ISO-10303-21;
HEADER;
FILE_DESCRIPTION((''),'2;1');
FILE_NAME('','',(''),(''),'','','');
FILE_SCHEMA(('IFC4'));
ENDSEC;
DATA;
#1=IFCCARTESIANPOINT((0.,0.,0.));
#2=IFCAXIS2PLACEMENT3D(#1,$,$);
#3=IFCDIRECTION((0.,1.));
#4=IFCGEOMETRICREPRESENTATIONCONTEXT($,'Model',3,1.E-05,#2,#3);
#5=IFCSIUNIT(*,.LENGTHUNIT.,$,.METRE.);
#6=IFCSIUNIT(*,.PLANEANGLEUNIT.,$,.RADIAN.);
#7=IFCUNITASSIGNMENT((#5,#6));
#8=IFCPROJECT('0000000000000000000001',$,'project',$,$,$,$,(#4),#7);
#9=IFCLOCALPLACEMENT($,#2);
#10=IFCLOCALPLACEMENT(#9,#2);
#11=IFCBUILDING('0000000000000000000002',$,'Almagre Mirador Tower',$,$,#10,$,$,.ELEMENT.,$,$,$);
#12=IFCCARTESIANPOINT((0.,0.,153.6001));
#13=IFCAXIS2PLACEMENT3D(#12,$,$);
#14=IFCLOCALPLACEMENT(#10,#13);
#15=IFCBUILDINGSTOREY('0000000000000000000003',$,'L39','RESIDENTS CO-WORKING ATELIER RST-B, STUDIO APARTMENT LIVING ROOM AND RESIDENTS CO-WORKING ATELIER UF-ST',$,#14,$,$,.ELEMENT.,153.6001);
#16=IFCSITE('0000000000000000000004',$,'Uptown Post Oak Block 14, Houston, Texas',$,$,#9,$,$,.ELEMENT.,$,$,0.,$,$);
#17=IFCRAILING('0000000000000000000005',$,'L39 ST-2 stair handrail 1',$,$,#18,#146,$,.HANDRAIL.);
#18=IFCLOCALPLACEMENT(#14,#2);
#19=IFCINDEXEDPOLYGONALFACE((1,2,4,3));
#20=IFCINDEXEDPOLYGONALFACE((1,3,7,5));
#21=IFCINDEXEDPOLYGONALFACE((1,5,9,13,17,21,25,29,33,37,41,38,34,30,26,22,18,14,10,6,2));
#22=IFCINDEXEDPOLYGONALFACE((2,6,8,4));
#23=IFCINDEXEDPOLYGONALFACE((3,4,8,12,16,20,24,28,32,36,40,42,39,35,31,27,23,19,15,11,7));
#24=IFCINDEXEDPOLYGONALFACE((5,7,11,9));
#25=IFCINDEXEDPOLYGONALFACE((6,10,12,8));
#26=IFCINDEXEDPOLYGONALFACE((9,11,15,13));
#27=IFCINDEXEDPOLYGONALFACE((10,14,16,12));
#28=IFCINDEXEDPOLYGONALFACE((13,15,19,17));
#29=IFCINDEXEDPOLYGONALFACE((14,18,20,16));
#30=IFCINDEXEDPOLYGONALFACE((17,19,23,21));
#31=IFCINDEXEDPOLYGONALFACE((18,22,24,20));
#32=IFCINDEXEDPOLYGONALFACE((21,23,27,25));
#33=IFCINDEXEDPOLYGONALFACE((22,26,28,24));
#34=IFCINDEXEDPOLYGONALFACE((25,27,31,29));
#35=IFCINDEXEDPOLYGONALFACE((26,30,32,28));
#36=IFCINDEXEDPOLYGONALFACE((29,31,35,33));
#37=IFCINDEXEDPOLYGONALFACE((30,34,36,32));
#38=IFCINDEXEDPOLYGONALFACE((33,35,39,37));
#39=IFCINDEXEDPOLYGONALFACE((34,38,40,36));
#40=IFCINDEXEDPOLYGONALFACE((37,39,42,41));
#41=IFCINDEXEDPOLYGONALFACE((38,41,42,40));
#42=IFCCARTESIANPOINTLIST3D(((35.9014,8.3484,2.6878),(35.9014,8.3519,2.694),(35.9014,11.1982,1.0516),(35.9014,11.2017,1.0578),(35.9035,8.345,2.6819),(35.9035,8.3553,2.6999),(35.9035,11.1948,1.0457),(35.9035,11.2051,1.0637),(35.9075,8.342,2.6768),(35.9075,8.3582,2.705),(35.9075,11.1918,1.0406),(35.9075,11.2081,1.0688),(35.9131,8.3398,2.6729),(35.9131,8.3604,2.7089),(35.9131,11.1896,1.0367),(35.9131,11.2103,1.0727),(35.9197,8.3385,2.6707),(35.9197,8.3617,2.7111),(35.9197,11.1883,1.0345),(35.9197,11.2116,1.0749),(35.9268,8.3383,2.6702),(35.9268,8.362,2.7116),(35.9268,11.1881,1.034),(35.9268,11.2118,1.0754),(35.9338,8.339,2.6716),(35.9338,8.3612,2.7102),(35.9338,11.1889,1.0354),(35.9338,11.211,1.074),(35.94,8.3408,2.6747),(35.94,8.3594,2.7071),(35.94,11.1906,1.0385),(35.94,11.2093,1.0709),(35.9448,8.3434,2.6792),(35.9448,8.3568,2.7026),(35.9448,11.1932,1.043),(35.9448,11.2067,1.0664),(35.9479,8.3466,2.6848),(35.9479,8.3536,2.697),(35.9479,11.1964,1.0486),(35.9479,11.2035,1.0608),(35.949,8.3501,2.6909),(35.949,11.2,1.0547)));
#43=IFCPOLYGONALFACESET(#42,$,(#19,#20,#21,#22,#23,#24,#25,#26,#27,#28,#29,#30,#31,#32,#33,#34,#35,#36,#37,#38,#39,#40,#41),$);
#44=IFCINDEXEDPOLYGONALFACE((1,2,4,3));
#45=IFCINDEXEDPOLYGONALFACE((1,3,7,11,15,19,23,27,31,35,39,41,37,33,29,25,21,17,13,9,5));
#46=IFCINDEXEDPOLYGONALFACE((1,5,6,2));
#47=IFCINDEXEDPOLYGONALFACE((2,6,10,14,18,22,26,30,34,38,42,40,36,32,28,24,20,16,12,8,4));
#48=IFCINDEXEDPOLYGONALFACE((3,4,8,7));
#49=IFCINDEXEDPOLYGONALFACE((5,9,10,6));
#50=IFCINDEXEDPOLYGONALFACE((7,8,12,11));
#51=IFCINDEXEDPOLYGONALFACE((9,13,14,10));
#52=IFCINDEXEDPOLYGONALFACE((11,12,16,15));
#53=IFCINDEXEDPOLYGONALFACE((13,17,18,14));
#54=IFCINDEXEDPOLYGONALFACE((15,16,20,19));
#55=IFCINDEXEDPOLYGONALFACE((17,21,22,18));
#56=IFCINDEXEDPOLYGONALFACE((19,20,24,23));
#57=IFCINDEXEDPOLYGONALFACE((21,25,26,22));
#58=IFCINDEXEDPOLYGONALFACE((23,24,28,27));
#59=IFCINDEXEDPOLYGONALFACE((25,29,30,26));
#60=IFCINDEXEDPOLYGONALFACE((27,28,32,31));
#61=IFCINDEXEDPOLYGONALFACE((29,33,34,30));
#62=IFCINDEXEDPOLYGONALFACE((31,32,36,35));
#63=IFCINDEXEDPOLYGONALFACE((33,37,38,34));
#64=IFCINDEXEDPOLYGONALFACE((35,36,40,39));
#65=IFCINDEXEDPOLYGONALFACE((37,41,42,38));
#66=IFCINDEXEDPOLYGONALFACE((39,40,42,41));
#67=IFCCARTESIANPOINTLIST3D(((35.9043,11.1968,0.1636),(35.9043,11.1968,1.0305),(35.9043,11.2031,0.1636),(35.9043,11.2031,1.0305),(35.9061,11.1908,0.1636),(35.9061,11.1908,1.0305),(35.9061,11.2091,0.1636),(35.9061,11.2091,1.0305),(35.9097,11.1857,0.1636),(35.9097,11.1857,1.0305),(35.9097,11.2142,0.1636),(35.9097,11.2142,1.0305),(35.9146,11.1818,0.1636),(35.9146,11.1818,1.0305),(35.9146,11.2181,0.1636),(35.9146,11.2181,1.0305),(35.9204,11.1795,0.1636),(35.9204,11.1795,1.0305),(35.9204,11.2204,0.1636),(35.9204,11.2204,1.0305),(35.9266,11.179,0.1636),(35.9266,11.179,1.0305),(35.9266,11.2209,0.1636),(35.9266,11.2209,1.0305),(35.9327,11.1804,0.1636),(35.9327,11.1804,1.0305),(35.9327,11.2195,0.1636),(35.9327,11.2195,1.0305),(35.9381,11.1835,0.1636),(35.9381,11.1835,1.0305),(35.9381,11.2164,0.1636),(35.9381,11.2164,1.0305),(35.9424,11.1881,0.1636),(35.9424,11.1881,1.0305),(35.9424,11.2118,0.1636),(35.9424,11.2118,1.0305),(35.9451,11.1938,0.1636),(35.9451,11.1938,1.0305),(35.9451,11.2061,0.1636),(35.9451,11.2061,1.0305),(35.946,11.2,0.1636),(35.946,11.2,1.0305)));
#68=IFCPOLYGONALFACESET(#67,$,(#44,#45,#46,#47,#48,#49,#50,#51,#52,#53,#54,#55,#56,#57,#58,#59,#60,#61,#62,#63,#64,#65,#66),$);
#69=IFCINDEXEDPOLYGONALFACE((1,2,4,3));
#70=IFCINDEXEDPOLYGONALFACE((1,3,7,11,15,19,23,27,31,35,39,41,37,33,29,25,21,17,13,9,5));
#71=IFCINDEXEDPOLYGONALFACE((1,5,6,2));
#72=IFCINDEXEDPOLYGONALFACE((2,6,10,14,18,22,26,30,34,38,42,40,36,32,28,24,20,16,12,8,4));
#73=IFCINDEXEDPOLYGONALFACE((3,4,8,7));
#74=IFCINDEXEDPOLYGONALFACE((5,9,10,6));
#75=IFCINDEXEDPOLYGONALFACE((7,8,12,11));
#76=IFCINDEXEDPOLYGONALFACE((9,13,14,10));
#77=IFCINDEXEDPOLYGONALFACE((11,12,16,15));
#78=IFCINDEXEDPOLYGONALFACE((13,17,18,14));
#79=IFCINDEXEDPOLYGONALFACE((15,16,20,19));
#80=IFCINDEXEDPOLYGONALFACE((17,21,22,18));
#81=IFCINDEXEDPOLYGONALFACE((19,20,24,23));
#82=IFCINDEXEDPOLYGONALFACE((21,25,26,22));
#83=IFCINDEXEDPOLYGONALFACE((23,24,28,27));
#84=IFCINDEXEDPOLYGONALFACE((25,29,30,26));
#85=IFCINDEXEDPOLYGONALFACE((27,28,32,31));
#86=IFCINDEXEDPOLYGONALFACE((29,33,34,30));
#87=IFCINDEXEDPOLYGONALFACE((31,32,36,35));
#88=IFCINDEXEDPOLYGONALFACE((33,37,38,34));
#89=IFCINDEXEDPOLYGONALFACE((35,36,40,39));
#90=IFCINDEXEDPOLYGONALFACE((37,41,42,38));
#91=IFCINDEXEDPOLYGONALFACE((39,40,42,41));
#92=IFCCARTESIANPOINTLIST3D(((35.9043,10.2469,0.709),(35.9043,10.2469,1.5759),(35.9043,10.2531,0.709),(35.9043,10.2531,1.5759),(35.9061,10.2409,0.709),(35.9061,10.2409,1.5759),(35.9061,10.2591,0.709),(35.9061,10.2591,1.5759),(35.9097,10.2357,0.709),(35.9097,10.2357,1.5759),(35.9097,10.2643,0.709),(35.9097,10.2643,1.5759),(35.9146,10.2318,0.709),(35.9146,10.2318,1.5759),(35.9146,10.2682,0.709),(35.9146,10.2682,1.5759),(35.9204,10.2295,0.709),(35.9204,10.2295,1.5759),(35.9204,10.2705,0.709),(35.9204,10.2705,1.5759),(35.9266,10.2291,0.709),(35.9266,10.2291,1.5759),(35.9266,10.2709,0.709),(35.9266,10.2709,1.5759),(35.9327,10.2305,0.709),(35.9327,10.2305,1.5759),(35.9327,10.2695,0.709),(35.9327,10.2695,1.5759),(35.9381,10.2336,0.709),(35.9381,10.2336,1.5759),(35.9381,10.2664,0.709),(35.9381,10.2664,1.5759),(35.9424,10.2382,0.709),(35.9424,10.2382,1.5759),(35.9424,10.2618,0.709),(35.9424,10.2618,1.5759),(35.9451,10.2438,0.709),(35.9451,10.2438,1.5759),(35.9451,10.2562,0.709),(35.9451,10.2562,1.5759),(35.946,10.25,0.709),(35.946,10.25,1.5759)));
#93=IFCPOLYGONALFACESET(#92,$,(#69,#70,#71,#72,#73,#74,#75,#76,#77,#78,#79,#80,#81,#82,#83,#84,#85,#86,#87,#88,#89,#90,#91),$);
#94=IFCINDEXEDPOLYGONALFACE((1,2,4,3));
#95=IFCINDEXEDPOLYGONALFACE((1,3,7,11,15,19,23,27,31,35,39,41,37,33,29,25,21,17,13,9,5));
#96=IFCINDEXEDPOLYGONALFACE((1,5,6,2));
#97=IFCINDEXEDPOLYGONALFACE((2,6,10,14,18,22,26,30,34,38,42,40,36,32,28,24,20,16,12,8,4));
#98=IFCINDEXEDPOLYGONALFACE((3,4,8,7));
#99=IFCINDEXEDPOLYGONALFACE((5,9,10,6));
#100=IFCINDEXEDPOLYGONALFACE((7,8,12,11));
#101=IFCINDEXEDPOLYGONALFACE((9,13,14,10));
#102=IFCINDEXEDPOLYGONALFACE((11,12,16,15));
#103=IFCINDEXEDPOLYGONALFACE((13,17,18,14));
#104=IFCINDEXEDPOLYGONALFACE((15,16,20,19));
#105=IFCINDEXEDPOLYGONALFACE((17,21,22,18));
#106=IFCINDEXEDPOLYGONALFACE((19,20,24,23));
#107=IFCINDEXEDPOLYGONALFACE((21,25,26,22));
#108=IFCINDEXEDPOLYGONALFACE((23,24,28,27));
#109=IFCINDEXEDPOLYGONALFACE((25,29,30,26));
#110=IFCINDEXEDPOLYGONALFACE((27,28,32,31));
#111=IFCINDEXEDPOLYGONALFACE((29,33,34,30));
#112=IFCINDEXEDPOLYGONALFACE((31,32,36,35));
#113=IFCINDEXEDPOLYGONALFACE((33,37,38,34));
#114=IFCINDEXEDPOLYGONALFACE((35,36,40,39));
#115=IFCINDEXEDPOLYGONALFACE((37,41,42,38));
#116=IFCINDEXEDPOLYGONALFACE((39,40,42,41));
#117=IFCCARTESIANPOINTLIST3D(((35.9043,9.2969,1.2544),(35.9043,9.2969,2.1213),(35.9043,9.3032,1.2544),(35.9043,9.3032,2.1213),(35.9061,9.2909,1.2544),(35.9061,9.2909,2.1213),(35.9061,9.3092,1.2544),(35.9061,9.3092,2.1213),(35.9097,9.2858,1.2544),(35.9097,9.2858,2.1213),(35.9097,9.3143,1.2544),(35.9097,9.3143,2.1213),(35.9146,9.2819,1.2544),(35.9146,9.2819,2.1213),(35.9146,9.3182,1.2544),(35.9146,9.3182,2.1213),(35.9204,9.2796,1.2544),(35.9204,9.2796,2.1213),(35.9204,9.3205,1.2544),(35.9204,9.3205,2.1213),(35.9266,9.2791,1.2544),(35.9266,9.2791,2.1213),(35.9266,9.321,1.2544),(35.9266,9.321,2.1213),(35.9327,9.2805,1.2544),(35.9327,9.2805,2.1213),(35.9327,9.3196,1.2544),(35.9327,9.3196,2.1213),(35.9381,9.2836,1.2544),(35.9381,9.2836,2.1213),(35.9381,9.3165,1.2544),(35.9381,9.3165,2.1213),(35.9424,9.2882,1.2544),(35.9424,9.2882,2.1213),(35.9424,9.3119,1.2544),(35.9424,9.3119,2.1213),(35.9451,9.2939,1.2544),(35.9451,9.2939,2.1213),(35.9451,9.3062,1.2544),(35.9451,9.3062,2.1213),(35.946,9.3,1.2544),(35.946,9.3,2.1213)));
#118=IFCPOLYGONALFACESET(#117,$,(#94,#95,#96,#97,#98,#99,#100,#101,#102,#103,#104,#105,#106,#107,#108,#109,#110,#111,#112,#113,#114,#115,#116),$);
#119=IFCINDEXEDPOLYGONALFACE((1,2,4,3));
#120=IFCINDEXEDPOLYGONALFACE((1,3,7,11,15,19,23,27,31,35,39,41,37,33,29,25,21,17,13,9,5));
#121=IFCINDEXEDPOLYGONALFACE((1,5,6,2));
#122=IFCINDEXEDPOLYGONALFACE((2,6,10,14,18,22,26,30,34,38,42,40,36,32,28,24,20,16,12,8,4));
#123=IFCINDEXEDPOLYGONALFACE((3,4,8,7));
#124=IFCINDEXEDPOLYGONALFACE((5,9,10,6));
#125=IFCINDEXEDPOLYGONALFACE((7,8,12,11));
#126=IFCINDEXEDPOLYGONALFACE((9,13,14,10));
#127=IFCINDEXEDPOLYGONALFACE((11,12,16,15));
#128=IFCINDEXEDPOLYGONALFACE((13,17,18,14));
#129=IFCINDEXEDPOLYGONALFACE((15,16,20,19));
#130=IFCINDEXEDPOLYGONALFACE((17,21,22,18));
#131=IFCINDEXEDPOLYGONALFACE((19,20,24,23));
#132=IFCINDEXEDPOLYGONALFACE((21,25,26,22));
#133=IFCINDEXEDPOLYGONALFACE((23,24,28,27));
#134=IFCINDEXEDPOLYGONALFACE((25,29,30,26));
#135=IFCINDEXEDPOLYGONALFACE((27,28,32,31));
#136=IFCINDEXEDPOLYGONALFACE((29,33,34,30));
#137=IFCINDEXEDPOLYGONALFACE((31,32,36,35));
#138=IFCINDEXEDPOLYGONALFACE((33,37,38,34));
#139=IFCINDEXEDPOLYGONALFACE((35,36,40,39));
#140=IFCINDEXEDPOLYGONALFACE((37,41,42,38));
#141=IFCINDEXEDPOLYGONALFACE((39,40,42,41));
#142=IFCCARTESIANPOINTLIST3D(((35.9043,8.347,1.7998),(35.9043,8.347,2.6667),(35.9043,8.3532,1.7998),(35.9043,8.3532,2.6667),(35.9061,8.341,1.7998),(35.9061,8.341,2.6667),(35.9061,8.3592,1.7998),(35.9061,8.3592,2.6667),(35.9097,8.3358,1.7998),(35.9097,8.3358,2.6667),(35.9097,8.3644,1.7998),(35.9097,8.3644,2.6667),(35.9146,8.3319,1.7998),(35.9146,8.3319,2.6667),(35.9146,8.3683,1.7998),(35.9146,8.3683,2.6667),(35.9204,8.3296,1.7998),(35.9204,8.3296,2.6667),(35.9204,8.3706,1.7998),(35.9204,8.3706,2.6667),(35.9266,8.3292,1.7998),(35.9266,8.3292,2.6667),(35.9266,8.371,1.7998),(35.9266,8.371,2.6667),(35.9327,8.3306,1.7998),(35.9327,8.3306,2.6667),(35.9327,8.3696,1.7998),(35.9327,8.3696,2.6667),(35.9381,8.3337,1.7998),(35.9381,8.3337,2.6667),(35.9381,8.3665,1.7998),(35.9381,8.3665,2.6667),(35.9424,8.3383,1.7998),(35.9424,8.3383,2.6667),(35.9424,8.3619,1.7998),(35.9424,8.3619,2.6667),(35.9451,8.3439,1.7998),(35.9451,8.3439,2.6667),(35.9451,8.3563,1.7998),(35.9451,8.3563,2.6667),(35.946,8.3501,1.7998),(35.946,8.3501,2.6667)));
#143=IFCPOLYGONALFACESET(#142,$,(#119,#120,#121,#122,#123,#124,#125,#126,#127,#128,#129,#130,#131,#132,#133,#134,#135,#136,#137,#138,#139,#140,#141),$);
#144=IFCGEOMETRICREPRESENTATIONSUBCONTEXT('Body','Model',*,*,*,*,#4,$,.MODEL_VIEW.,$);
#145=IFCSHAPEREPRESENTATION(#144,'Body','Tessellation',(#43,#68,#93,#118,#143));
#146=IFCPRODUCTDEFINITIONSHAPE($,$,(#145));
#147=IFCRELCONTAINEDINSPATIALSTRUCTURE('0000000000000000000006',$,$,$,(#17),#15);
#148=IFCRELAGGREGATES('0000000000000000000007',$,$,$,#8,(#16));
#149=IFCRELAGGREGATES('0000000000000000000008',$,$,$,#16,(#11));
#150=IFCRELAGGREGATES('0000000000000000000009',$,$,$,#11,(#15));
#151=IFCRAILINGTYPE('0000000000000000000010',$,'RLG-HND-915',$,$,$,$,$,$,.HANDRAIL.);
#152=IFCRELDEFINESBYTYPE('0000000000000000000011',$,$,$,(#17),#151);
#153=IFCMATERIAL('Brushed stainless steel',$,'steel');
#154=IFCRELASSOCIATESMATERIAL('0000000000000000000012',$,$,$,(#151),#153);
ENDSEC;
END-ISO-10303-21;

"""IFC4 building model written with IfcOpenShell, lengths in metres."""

from ifc_helpers import new_model, si_unit, direction, frame, origin, origin_2d, place, context, subcontext, project, spatial, circle, extrude, material, type_object, element, save


model = new_model("IFC4")

# Units and contexts
model_context = context("Model", 3, precision=1e-05, world=origin(), true_north=direction((0.0, 1.0)))
body_context = subcontext(model_context, "Body", "Model", "MODEL_VIEW")
ifc_project = project(units=[si_unit("LENGTHUNIT", "METRE"), si_unit("PLANEANGLEUNIT", "RADIAN")], contexts=[model_context])

# Site, building, storey
site_placement = place(None, origin())
site = spatial("IfcSite", under=ifc_project, at=site_placement, Name="Uptown Post Oak Block 14, Houston, Texas", CompositionType="ELEMENT", RefElevation=0.0)
building_placement = place(site_placement, origin())
building = spatial("IfcBuilding", under=site, at=building_placement, Name="Almagre Mirador Tower", CompositionType="ELEMENT")
storey_placement = place(building_placement, frame((0.0, 0.0, 153.6001)))
storey = spatial("IfcBuildingStorey", under=building, at=storey_placement, Name="L39", Description="RESIDENTS CO-WORKING ATELIER RST-B, STUDIO APARTMENT LIVING ROOM AND RESIDENTS CO-WORKING ATELIER UF-ST", CompositionType="ELEMENT", Elevation=153.6001)

# Railing
ifc_material_1 = material(Name="Brushed stainless steel", Category="steel")
railing_type_1 = type_object("IfcRailingType", Name="RLG-HND-915", PredefinedType="HANDRAIL", material=ifc_material_1)
railing_1_placement = place(storey_placement, frame((35.925, 11.2, 0.1636)))
element("IfcRailing", 1, at=railing_1_placement, inside=storey, type_object=railing_type_1, Name="L39 ST-2 stair handrail 1", PredefinedType="HANDRAIL", context=body_context, shape_type="SweptSolid", body=[
    extrude(circle(Radius=0.0239, at=origin_2d()), frame((0.0, 0.0, 0.8911), z_axis=(0.0, -0.867226, 0.497914), x_axis=(1.0, 0.0, 0.0)), (0.0, 0.0, 1.0), 3.2861),
    extrude(circle(Radius=0.021, at=origin_2d()), origin(), (0.0, 0.0, 1.0), 0.8669),
    extrude(circle(Radius=0.021, at=origin_2d()), frame((0.0, -0.95, 0.5454)), (0.0, 0.0, 1.0), 0.8669),
    extrude(circle(Radius=0.021, at=origin_2d()), frame((0.0, -1.8999, 1.0908)), (0.0, 0.0, 1.0), 0.8669),
    extrude(circle(Radius=0.021, at=origin_2d()), frame((0.0, -2.8499, 1.6362)), (0.0, 0.0, 1.0), 0.8669),
])

save(model, "model.ifc")
